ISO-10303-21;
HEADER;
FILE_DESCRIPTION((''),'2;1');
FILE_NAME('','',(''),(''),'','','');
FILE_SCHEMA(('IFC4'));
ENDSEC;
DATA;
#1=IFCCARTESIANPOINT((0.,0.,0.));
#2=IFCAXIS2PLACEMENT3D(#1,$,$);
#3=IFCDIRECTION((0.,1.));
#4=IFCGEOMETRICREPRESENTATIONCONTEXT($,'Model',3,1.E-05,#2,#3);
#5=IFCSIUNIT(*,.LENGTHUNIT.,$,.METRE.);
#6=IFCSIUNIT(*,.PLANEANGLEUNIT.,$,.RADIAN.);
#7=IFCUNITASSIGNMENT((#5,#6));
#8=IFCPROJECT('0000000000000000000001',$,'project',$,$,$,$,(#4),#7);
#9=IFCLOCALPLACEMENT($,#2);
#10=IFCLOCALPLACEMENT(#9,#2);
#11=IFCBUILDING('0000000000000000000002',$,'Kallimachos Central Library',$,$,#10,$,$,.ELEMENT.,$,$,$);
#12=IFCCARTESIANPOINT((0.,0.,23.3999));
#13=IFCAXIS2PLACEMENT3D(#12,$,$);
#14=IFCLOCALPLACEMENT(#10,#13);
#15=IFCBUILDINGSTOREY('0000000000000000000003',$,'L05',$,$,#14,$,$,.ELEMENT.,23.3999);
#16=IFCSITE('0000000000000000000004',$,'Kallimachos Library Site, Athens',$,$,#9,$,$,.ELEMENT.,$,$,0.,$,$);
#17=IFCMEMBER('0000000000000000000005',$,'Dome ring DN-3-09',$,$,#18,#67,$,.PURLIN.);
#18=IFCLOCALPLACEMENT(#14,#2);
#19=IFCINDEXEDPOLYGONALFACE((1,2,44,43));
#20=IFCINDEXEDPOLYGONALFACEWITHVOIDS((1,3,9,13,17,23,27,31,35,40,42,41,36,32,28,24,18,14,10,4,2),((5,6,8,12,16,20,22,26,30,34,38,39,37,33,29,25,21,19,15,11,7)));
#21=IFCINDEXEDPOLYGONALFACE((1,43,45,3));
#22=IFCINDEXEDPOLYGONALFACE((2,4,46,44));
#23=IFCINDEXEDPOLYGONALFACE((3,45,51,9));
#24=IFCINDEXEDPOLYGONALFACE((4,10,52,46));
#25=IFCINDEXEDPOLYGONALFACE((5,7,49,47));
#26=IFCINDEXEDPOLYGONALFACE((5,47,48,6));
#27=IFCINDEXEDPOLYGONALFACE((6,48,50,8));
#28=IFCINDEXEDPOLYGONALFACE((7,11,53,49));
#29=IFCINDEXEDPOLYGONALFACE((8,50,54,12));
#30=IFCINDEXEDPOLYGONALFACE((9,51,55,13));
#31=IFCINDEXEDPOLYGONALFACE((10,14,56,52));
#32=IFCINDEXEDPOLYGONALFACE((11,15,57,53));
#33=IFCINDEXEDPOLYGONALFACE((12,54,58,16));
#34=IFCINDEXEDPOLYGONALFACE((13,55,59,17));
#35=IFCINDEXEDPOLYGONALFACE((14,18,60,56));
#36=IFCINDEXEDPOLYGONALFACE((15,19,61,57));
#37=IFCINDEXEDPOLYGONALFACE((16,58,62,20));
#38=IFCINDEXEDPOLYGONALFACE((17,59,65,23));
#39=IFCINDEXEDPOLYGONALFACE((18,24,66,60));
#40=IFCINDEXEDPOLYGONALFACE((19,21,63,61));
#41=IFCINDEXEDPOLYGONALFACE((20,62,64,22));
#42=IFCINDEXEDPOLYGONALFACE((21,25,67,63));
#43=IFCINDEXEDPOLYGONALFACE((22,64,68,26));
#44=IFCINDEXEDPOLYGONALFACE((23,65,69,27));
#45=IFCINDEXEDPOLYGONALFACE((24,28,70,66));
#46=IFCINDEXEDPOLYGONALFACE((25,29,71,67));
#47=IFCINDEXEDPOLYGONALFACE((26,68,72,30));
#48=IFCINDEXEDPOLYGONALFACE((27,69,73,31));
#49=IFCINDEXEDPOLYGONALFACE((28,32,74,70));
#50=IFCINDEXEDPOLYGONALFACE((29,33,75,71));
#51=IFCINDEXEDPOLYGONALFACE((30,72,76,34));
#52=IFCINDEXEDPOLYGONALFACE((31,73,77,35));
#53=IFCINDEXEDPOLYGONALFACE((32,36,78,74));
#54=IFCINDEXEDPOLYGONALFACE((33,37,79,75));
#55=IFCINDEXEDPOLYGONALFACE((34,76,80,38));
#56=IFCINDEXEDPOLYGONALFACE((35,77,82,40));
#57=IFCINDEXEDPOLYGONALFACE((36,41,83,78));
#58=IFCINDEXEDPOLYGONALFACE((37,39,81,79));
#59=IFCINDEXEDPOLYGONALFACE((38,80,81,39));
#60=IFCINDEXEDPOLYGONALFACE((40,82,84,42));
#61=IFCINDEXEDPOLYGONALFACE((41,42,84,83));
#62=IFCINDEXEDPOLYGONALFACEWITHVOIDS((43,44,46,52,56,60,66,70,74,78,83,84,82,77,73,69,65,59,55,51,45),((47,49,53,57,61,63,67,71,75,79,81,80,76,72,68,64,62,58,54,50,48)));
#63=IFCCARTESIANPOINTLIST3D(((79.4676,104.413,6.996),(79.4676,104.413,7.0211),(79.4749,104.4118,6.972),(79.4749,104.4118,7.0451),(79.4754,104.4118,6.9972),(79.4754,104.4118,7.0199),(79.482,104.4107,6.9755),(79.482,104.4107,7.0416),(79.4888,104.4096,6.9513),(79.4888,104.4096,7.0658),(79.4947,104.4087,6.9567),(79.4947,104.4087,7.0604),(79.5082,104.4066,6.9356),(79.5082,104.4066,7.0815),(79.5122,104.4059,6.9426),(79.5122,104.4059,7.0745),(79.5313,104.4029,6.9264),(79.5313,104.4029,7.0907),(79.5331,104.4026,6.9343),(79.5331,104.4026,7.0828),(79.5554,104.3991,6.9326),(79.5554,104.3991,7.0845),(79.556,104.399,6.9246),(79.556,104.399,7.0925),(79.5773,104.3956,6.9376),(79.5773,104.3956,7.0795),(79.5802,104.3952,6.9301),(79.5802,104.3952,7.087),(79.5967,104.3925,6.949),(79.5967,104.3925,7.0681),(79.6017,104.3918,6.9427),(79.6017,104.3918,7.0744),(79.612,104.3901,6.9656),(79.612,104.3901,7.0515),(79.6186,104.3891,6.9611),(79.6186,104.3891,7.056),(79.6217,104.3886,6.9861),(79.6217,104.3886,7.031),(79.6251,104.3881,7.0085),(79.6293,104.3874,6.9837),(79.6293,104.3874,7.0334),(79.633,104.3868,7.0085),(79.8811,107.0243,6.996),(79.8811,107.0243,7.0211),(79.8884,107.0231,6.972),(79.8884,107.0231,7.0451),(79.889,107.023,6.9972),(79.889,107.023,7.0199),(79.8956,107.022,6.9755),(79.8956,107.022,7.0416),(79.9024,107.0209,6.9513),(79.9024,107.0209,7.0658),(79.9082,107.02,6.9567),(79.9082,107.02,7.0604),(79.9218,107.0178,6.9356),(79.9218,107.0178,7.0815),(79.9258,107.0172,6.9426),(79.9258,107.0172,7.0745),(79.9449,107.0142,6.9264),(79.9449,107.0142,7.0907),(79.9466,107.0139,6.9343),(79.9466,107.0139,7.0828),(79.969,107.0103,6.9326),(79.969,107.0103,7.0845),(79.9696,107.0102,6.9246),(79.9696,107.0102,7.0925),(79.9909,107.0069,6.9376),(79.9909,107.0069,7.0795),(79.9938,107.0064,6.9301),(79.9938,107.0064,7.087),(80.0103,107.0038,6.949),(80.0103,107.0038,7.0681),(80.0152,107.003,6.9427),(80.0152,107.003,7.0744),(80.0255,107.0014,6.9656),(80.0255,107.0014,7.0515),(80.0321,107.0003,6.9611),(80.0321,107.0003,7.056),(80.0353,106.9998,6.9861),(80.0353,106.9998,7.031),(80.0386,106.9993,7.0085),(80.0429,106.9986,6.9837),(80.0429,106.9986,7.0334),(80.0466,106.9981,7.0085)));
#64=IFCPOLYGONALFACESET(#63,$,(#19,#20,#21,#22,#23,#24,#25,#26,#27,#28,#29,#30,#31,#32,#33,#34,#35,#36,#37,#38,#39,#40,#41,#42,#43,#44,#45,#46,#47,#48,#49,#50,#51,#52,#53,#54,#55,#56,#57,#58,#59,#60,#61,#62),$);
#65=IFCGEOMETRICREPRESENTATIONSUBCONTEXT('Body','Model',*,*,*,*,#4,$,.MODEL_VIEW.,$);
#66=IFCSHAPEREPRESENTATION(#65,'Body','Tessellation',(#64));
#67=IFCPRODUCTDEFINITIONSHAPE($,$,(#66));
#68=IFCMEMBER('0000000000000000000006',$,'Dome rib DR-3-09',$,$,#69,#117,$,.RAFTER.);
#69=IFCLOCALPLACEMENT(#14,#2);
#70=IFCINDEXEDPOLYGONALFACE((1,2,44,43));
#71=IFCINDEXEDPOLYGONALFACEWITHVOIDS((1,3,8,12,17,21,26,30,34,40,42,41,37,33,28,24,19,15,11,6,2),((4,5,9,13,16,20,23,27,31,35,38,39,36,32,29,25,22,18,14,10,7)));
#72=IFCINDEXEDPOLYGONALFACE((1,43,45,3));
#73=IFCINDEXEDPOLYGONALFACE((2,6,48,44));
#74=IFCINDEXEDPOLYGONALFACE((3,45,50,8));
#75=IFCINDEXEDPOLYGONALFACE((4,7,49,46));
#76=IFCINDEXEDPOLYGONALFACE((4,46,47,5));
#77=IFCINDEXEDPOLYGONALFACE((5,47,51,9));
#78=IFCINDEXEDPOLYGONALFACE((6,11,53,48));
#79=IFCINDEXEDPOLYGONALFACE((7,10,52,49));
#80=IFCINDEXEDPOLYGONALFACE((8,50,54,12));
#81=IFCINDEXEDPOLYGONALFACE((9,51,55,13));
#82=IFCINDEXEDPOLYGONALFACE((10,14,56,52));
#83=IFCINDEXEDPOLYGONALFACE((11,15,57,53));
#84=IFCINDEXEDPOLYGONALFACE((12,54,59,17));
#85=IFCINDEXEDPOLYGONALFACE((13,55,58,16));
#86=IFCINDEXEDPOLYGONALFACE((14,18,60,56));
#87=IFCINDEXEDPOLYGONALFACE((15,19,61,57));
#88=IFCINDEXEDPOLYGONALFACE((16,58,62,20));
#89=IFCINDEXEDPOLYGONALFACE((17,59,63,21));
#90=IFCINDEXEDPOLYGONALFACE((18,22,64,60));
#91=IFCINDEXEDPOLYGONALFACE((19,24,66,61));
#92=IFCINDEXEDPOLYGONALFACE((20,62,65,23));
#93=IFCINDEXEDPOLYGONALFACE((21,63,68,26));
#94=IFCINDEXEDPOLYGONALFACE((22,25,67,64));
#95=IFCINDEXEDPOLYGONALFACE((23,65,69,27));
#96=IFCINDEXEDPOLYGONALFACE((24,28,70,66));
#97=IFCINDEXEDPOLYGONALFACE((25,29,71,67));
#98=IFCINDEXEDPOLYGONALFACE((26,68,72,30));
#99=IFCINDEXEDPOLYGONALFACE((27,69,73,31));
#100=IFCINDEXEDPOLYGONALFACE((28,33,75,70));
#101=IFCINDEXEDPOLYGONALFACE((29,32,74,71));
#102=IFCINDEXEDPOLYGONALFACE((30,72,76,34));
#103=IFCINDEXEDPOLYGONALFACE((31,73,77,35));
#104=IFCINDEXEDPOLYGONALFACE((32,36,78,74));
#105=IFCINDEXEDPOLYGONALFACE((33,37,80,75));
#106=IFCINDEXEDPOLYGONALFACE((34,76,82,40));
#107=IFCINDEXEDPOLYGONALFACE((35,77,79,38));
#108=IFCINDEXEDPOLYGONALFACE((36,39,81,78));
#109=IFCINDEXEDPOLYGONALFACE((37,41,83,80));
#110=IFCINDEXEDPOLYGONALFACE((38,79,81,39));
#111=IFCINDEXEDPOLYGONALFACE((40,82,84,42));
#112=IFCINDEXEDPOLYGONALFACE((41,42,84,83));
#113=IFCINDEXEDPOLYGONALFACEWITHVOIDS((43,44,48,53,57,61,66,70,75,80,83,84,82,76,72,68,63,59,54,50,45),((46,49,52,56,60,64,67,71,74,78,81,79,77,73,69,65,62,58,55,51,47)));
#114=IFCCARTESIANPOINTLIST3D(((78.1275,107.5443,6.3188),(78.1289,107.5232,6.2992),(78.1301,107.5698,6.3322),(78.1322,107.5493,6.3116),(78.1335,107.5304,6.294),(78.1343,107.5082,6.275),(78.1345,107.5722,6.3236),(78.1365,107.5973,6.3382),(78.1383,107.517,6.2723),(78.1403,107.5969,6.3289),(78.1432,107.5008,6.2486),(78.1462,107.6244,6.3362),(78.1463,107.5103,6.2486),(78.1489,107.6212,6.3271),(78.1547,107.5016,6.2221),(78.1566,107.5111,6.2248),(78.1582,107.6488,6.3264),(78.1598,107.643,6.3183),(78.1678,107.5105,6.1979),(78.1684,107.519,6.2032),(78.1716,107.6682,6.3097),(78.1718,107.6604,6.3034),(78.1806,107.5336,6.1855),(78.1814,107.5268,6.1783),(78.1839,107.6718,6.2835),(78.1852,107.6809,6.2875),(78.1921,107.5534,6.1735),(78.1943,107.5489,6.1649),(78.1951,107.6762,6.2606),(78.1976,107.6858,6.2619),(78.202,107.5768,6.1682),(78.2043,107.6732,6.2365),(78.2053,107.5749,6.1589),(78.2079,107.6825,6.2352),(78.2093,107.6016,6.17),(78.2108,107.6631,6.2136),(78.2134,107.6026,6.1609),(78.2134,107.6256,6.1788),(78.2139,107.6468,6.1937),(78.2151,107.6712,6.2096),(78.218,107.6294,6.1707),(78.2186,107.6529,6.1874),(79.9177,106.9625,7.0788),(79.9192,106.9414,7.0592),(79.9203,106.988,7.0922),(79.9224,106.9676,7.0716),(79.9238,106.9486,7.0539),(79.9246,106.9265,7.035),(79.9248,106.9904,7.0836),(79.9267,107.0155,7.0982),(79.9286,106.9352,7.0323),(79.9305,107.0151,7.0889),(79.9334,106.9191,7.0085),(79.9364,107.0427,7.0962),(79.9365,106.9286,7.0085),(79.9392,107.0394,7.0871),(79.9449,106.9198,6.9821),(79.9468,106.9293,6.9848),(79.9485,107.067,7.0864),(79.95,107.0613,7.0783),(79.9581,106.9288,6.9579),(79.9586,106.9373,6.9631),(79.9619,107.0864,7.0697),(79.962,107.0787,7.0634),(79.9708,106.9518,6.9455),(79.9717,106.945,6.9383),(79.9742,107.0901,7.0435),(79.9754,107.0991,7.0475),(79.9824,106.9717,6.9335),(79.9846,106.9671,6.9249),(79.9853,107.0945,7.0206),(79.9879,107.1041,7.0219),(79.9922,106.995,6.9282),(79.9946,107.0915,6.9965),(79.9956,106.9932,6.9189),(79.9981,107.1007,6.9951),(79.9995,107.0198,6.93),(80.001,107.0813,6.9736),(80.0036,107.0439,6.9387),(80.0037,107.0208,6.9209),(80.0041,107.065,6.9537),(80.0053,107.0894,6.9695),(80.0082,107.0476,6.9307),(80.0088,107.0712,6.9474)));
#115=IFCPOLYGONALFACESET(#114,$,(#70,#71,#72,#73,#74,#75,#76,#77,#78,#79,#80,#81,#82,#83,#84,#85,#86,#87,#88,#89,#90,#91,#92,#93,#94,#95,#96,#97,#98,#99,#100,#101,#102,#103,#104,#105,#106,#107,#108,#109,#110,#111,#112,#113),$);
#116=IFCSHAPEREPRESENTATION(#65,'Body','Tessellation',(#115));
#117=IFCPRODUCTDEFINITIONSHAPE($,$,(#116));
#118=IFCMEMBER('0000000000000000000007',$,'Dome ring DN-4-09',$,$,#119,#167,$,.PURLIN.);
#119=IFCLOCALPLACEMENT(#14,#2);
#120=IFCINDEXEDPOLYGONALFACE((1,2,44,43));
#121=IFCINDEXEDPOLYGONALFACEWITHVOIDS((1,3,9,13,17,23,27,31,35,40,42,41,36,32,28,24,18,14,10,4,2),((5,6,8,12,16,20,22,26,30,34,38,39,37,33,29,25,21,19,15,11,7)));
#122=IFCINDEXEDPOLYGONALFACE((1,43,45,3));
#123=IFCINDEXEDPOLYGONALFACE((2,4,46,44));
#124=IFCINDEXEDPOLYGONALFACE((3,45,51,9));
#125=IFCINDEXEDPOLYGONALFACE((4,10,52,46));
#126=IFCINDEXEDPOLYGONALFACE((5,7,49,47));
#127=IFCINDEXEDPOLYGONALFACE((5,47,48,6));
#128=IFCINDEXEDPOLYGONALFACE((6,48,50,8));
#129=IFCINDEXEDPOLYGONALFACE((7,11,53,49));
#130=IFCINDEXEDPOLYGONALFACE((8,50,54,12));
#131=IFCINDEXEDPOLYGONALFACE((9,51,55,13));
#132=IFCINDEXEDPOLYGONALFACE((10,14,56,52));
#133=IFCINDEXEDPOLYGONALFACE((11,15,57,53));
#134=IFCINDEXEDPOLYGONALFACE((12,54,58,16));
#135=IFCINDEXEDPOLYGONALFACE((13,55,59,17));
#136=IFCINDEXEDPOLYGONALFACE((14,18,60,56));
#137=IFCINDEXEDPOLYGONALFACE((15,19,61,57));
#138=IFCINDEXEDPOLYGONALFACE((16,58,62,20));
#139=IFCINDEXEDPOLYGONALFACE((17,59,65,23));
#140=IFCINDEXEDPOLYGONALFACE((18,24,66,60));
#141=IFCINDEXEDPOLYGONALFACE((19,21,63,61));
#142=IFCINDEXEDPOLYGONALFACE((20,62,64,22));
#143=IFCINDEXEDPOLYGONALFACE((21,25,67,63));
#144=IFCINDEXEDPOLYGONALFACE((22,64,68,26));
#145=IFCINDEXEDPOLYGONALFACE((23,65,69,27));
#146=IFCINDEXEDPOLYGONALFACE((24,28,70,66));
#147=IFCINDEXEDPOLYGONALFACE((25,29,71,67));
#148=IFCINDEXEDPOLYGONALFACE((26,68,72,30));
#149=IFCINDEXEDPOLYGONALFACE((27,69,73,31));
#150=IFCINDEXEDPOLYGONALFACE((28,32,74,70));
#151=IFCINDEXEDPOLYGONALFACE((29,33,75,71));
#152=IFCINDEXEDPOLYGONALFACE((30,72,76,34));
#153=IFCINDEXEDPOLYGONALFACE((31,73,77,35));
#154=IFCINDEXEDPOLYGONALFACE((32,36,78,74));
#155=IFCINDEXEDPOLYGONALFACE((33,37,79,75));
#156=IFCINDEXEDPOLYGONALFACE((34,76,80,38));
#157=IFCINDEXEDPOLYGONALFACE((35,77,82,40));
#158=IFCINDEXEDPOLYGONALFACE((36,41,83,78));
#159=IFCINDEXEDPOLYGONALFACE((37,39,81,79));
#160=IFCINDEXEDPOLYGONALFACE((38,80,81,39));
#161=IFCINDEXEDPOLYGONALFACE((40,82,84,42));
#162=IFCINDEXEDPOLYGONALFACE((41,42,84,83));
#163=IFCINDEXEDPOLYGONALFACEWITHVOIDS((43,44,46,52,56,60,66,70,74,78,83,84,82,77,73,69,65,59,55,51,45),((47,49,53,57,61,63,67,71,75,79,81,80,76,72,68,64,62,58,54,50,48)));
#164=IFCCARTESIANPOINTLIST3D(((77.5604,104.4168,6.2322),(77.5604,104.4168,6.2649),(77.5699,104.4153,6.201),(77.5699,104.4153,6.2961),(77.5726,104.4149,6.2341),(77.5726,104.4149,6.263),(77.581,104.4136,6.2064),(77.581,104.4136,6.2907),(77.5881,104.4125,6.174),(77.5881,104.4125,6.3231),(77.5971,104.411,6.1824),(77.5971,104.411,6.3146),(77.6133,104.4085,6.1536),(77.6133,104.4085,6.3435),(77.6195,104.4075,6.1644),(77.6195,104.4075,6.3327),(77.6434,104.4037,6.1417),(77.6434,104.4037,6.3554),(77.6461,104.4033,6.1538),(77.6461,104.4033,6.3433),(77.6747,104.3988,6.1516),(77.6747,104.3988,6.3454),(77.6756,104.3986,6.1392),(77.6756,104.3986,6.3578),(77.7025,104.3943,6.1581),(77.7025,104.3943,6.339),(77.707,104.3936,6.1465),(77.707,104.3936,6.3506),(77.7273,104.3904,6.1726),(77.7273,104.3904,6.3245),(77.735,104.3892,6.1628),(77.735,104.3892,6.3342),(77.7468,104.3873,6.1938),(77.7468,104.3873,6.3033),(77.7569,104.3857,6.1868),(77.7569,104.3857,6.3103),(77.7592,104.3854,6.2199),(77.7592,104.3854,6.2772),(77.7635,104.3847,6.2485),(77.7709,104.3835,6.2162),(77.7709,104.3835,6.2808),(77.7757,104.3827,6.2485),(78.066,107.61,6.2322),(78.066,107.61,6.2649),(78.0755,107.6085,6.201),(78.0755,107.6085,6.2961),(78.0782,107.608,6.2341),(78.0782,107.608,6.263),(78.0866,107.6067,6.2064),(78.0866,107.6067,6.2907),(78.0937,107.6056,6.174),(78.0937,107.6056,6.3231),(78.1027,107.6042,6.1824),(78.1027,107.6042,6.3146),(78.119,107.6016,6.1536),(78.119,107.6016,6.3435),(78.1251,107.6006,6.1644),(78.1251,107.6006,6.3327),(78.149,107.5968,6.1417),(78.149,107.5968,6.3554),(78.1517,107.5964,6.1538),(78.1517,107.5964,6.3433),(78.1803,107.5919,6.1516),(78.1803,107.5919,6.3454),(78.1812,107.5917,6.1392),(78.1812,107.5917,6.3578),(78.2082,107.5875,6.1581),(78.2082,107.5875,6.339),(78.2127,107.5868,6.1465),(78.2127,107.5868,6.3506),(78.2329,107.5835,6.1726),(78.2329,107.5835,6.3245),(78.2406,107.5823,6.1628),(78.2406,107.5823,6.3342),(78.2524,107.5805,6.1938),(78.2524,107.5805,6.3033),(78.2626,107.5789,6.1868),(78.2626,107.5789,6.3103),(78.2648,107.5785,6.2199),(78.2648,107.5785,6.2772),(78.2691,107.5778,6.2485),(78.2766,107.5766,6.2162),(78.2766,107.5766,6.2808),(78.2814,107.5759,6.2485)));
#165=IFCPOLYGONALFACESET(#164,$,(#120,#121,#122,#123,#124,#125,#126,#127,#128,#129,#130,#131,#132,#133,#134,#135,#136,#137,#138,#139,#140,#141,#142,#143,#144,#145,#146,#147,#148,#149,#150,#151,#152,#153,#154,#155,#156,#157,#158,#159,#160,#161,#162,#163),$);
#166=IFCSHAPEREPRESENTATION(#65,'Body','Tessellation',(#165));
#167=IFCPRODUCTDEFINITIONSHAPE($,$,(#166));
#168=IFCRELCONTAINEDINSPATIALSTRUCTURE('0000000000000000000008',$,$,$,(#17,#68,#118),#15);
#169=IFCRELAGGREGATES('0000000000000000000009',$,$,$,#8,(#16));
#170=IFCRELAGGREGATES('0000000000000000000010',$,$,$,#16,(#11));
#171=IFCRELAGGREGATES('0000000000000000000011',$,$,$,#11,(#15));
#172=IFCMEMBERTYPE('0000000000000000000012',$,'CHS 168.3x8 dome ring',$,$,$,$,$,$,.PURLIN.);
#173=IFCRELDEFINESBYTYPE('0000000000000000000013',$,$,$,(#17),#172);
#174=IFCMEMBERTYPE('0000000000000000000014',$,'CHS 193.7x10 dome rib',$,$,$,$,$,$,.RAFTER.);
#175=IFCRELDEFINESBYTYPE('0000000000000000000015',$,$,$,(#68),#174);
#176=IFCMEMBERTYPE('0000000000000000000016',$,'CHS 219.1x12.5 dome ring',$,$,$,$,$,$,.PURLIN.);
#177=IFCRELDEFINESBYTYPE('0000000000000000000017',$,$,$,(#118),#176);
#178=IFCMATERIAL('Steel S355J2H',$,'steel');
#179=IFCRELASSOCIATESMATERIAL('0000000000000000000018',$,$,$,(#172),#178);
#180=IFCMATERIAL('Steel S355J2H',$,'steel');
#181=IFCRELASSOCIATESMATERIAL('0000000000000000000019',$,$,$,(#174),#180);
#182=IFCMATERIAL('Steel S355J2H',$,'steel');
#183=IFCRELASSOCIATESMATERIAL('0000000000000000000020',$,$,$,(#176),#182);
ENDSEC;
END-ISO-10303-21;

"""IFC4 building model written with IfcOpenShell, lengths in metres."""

from ifc_helpers import new_model, si_unit, direction, frame, origin, origin_2d, place, context, subcontext, project, spatial, hollow_circle, extrude, material, material_profile, profile_set, type_object, element, save


model = new_model("IFC4")

# Units and contexts
model_context = context("Model", 3, precision=1e-05, world=origin(), true_north=direction((0.0, 1.0)))
body_context = subcontext(model_context, "Body", "Model", "MODEL_VIEW")
ifc_project = project(units=[si_unit("LENGTHUNIT", "METRE"), si_unit("PLANEANGLEUNIT", "RADIAN")], contexts=[model_context])

# Site, building, storey
site_placement = place(None, origin())
site = spatial("IfcSite", under=ifc_project, at=site_placement, Name="Kallimachos Library Site, Athens", CompositionType="ELEMENT", RefElevation=0.0)
building_placement = place(site_placement, origin())
building = spatial("IfcBuilding", under=site, at=building_placement, Name="Kallimachos Central Library", CompositionType="ELEMENT")
storey_placement = place(building_placement, frame((0.0, 0.0, 23.3999)))
storey = spatial("IfcBuildingStorey", under=building, at=storey_placement, Name="L05", CompositionType="ELEMENT", Elevation=23.3999)

# Members
ifc_material_1 = material(Name="Steel S355J2H", Category="steel")
ifc_material_profile_1 = material_profile(ifc_material_1, hollow_circle(Radius=0.0842, WallThickness=0.0081, at=origin_2d()), Name="CHS 168.3x8")
ifc_profile_set_1 = profile_set([ifc_material_profile_1], Name="Steel S355J2H")
member_type_1 = type_object("IfcMemberType", Name="CHS 168.3x8 dome ring", PredefinedType="PURLIN", material=ifc_profile_set_1)
member_1_placement = place(storey_placement, frame((79.9634, 107.0112, 7.0085), z_axis=(-0.156427, -0.987689, 0.0), x_axis=(0.987689, -0.156427, 0.0)))
element("IfcMember", 1, at=member_1_placement, inside=storey, type_object=member_type_1, Name="Dome ring DN-3-09", PredefinedType="PURLIN", context=body_context, shape_type="SweptSolid", body=[
    extrude(hollow_circle(Radius=0.0842, WallThickness=0.0081, at=origin_2d()), origin(), (0.0, 0.0, 1.0), 2.6438),
])
ifc_material_2 = material(Name="Steel S355J2H", Category="steel")
ifc_material_profile_2 = material_profile(ifc_material_2, hollow_circle(Radius=0.0969, WallThickness=0.01, at=origin_2d()), Name="CHS 193.7x10")
ifc_profile_set_2 = profile_set([ifc_material_profile_2], Name="Steel S355J2H")
member_type_2 = type_object("IfcMemberType", Name="CHS 193.7x10 dome rib", PredefinedType="RAFTER", material=ifc_profile_set_2)
member_2_placement = place(storey_placement, frame((79.9634, 107.0112, 7.0085), z_axis=(-0.88188, 0.286584, -0.374375), x_axis=(-0.30906, -0.951043, 0.0)))
element("IfcMember", 2, at=member_2_placement, inside=storey, type_object=member_type_2, Name="Dome rib DR-3-09", PredefinedType="RAFTER", context=body_context, shape_type="SweptSolid", body=[
    extrude(hollow_circle(Radius=0.0969, WallThickness=0.01, at=origin_2d()), origin(), (0.0, 0.0, 1.0), 2.03),
])
ifc_material_3 = material(Name="Steel S355J2H", Category="steel")
ifc_material_profile_3 = material_profile(ifc_material_3, hollow_circle(Radius=0.1096, WallThickness=0.0125, at=origin_2d()), Name="CHS 219.1x12.5")
ifc_profile_set_3 = profile_set([ifc_material_profile_3], Name="Steel S355J2H")
member_type_3 = type_object("IfcMemberType", Name="CHS 219.1x12.5 dome ring", PredefinedType="PURLIN", material=ifc_profile_set_3)
member_3_placement = place(storey_placement, frame((78.1731, 107.593, 6.2485), z_axis=(-0.156397, -0.987694, 0.0), x_axis=(0.987694, -0.156397, 0.0)))
element("IfcMember", 3, at=member_3_placement, inside=storey, type_object=member_type_3, Name="Dome ring DN-4-09", PredefinedType="PURLIN", context=body_context, shape_type="SweptSolid", body=[
    extrude(hollow_circle(Radius=0.1096, WallThickness=0.0125, at=origin_2d()), origin(), (0.0, 0.0, 1.0), 3.2329),
])

save(model, "model.ifc")
